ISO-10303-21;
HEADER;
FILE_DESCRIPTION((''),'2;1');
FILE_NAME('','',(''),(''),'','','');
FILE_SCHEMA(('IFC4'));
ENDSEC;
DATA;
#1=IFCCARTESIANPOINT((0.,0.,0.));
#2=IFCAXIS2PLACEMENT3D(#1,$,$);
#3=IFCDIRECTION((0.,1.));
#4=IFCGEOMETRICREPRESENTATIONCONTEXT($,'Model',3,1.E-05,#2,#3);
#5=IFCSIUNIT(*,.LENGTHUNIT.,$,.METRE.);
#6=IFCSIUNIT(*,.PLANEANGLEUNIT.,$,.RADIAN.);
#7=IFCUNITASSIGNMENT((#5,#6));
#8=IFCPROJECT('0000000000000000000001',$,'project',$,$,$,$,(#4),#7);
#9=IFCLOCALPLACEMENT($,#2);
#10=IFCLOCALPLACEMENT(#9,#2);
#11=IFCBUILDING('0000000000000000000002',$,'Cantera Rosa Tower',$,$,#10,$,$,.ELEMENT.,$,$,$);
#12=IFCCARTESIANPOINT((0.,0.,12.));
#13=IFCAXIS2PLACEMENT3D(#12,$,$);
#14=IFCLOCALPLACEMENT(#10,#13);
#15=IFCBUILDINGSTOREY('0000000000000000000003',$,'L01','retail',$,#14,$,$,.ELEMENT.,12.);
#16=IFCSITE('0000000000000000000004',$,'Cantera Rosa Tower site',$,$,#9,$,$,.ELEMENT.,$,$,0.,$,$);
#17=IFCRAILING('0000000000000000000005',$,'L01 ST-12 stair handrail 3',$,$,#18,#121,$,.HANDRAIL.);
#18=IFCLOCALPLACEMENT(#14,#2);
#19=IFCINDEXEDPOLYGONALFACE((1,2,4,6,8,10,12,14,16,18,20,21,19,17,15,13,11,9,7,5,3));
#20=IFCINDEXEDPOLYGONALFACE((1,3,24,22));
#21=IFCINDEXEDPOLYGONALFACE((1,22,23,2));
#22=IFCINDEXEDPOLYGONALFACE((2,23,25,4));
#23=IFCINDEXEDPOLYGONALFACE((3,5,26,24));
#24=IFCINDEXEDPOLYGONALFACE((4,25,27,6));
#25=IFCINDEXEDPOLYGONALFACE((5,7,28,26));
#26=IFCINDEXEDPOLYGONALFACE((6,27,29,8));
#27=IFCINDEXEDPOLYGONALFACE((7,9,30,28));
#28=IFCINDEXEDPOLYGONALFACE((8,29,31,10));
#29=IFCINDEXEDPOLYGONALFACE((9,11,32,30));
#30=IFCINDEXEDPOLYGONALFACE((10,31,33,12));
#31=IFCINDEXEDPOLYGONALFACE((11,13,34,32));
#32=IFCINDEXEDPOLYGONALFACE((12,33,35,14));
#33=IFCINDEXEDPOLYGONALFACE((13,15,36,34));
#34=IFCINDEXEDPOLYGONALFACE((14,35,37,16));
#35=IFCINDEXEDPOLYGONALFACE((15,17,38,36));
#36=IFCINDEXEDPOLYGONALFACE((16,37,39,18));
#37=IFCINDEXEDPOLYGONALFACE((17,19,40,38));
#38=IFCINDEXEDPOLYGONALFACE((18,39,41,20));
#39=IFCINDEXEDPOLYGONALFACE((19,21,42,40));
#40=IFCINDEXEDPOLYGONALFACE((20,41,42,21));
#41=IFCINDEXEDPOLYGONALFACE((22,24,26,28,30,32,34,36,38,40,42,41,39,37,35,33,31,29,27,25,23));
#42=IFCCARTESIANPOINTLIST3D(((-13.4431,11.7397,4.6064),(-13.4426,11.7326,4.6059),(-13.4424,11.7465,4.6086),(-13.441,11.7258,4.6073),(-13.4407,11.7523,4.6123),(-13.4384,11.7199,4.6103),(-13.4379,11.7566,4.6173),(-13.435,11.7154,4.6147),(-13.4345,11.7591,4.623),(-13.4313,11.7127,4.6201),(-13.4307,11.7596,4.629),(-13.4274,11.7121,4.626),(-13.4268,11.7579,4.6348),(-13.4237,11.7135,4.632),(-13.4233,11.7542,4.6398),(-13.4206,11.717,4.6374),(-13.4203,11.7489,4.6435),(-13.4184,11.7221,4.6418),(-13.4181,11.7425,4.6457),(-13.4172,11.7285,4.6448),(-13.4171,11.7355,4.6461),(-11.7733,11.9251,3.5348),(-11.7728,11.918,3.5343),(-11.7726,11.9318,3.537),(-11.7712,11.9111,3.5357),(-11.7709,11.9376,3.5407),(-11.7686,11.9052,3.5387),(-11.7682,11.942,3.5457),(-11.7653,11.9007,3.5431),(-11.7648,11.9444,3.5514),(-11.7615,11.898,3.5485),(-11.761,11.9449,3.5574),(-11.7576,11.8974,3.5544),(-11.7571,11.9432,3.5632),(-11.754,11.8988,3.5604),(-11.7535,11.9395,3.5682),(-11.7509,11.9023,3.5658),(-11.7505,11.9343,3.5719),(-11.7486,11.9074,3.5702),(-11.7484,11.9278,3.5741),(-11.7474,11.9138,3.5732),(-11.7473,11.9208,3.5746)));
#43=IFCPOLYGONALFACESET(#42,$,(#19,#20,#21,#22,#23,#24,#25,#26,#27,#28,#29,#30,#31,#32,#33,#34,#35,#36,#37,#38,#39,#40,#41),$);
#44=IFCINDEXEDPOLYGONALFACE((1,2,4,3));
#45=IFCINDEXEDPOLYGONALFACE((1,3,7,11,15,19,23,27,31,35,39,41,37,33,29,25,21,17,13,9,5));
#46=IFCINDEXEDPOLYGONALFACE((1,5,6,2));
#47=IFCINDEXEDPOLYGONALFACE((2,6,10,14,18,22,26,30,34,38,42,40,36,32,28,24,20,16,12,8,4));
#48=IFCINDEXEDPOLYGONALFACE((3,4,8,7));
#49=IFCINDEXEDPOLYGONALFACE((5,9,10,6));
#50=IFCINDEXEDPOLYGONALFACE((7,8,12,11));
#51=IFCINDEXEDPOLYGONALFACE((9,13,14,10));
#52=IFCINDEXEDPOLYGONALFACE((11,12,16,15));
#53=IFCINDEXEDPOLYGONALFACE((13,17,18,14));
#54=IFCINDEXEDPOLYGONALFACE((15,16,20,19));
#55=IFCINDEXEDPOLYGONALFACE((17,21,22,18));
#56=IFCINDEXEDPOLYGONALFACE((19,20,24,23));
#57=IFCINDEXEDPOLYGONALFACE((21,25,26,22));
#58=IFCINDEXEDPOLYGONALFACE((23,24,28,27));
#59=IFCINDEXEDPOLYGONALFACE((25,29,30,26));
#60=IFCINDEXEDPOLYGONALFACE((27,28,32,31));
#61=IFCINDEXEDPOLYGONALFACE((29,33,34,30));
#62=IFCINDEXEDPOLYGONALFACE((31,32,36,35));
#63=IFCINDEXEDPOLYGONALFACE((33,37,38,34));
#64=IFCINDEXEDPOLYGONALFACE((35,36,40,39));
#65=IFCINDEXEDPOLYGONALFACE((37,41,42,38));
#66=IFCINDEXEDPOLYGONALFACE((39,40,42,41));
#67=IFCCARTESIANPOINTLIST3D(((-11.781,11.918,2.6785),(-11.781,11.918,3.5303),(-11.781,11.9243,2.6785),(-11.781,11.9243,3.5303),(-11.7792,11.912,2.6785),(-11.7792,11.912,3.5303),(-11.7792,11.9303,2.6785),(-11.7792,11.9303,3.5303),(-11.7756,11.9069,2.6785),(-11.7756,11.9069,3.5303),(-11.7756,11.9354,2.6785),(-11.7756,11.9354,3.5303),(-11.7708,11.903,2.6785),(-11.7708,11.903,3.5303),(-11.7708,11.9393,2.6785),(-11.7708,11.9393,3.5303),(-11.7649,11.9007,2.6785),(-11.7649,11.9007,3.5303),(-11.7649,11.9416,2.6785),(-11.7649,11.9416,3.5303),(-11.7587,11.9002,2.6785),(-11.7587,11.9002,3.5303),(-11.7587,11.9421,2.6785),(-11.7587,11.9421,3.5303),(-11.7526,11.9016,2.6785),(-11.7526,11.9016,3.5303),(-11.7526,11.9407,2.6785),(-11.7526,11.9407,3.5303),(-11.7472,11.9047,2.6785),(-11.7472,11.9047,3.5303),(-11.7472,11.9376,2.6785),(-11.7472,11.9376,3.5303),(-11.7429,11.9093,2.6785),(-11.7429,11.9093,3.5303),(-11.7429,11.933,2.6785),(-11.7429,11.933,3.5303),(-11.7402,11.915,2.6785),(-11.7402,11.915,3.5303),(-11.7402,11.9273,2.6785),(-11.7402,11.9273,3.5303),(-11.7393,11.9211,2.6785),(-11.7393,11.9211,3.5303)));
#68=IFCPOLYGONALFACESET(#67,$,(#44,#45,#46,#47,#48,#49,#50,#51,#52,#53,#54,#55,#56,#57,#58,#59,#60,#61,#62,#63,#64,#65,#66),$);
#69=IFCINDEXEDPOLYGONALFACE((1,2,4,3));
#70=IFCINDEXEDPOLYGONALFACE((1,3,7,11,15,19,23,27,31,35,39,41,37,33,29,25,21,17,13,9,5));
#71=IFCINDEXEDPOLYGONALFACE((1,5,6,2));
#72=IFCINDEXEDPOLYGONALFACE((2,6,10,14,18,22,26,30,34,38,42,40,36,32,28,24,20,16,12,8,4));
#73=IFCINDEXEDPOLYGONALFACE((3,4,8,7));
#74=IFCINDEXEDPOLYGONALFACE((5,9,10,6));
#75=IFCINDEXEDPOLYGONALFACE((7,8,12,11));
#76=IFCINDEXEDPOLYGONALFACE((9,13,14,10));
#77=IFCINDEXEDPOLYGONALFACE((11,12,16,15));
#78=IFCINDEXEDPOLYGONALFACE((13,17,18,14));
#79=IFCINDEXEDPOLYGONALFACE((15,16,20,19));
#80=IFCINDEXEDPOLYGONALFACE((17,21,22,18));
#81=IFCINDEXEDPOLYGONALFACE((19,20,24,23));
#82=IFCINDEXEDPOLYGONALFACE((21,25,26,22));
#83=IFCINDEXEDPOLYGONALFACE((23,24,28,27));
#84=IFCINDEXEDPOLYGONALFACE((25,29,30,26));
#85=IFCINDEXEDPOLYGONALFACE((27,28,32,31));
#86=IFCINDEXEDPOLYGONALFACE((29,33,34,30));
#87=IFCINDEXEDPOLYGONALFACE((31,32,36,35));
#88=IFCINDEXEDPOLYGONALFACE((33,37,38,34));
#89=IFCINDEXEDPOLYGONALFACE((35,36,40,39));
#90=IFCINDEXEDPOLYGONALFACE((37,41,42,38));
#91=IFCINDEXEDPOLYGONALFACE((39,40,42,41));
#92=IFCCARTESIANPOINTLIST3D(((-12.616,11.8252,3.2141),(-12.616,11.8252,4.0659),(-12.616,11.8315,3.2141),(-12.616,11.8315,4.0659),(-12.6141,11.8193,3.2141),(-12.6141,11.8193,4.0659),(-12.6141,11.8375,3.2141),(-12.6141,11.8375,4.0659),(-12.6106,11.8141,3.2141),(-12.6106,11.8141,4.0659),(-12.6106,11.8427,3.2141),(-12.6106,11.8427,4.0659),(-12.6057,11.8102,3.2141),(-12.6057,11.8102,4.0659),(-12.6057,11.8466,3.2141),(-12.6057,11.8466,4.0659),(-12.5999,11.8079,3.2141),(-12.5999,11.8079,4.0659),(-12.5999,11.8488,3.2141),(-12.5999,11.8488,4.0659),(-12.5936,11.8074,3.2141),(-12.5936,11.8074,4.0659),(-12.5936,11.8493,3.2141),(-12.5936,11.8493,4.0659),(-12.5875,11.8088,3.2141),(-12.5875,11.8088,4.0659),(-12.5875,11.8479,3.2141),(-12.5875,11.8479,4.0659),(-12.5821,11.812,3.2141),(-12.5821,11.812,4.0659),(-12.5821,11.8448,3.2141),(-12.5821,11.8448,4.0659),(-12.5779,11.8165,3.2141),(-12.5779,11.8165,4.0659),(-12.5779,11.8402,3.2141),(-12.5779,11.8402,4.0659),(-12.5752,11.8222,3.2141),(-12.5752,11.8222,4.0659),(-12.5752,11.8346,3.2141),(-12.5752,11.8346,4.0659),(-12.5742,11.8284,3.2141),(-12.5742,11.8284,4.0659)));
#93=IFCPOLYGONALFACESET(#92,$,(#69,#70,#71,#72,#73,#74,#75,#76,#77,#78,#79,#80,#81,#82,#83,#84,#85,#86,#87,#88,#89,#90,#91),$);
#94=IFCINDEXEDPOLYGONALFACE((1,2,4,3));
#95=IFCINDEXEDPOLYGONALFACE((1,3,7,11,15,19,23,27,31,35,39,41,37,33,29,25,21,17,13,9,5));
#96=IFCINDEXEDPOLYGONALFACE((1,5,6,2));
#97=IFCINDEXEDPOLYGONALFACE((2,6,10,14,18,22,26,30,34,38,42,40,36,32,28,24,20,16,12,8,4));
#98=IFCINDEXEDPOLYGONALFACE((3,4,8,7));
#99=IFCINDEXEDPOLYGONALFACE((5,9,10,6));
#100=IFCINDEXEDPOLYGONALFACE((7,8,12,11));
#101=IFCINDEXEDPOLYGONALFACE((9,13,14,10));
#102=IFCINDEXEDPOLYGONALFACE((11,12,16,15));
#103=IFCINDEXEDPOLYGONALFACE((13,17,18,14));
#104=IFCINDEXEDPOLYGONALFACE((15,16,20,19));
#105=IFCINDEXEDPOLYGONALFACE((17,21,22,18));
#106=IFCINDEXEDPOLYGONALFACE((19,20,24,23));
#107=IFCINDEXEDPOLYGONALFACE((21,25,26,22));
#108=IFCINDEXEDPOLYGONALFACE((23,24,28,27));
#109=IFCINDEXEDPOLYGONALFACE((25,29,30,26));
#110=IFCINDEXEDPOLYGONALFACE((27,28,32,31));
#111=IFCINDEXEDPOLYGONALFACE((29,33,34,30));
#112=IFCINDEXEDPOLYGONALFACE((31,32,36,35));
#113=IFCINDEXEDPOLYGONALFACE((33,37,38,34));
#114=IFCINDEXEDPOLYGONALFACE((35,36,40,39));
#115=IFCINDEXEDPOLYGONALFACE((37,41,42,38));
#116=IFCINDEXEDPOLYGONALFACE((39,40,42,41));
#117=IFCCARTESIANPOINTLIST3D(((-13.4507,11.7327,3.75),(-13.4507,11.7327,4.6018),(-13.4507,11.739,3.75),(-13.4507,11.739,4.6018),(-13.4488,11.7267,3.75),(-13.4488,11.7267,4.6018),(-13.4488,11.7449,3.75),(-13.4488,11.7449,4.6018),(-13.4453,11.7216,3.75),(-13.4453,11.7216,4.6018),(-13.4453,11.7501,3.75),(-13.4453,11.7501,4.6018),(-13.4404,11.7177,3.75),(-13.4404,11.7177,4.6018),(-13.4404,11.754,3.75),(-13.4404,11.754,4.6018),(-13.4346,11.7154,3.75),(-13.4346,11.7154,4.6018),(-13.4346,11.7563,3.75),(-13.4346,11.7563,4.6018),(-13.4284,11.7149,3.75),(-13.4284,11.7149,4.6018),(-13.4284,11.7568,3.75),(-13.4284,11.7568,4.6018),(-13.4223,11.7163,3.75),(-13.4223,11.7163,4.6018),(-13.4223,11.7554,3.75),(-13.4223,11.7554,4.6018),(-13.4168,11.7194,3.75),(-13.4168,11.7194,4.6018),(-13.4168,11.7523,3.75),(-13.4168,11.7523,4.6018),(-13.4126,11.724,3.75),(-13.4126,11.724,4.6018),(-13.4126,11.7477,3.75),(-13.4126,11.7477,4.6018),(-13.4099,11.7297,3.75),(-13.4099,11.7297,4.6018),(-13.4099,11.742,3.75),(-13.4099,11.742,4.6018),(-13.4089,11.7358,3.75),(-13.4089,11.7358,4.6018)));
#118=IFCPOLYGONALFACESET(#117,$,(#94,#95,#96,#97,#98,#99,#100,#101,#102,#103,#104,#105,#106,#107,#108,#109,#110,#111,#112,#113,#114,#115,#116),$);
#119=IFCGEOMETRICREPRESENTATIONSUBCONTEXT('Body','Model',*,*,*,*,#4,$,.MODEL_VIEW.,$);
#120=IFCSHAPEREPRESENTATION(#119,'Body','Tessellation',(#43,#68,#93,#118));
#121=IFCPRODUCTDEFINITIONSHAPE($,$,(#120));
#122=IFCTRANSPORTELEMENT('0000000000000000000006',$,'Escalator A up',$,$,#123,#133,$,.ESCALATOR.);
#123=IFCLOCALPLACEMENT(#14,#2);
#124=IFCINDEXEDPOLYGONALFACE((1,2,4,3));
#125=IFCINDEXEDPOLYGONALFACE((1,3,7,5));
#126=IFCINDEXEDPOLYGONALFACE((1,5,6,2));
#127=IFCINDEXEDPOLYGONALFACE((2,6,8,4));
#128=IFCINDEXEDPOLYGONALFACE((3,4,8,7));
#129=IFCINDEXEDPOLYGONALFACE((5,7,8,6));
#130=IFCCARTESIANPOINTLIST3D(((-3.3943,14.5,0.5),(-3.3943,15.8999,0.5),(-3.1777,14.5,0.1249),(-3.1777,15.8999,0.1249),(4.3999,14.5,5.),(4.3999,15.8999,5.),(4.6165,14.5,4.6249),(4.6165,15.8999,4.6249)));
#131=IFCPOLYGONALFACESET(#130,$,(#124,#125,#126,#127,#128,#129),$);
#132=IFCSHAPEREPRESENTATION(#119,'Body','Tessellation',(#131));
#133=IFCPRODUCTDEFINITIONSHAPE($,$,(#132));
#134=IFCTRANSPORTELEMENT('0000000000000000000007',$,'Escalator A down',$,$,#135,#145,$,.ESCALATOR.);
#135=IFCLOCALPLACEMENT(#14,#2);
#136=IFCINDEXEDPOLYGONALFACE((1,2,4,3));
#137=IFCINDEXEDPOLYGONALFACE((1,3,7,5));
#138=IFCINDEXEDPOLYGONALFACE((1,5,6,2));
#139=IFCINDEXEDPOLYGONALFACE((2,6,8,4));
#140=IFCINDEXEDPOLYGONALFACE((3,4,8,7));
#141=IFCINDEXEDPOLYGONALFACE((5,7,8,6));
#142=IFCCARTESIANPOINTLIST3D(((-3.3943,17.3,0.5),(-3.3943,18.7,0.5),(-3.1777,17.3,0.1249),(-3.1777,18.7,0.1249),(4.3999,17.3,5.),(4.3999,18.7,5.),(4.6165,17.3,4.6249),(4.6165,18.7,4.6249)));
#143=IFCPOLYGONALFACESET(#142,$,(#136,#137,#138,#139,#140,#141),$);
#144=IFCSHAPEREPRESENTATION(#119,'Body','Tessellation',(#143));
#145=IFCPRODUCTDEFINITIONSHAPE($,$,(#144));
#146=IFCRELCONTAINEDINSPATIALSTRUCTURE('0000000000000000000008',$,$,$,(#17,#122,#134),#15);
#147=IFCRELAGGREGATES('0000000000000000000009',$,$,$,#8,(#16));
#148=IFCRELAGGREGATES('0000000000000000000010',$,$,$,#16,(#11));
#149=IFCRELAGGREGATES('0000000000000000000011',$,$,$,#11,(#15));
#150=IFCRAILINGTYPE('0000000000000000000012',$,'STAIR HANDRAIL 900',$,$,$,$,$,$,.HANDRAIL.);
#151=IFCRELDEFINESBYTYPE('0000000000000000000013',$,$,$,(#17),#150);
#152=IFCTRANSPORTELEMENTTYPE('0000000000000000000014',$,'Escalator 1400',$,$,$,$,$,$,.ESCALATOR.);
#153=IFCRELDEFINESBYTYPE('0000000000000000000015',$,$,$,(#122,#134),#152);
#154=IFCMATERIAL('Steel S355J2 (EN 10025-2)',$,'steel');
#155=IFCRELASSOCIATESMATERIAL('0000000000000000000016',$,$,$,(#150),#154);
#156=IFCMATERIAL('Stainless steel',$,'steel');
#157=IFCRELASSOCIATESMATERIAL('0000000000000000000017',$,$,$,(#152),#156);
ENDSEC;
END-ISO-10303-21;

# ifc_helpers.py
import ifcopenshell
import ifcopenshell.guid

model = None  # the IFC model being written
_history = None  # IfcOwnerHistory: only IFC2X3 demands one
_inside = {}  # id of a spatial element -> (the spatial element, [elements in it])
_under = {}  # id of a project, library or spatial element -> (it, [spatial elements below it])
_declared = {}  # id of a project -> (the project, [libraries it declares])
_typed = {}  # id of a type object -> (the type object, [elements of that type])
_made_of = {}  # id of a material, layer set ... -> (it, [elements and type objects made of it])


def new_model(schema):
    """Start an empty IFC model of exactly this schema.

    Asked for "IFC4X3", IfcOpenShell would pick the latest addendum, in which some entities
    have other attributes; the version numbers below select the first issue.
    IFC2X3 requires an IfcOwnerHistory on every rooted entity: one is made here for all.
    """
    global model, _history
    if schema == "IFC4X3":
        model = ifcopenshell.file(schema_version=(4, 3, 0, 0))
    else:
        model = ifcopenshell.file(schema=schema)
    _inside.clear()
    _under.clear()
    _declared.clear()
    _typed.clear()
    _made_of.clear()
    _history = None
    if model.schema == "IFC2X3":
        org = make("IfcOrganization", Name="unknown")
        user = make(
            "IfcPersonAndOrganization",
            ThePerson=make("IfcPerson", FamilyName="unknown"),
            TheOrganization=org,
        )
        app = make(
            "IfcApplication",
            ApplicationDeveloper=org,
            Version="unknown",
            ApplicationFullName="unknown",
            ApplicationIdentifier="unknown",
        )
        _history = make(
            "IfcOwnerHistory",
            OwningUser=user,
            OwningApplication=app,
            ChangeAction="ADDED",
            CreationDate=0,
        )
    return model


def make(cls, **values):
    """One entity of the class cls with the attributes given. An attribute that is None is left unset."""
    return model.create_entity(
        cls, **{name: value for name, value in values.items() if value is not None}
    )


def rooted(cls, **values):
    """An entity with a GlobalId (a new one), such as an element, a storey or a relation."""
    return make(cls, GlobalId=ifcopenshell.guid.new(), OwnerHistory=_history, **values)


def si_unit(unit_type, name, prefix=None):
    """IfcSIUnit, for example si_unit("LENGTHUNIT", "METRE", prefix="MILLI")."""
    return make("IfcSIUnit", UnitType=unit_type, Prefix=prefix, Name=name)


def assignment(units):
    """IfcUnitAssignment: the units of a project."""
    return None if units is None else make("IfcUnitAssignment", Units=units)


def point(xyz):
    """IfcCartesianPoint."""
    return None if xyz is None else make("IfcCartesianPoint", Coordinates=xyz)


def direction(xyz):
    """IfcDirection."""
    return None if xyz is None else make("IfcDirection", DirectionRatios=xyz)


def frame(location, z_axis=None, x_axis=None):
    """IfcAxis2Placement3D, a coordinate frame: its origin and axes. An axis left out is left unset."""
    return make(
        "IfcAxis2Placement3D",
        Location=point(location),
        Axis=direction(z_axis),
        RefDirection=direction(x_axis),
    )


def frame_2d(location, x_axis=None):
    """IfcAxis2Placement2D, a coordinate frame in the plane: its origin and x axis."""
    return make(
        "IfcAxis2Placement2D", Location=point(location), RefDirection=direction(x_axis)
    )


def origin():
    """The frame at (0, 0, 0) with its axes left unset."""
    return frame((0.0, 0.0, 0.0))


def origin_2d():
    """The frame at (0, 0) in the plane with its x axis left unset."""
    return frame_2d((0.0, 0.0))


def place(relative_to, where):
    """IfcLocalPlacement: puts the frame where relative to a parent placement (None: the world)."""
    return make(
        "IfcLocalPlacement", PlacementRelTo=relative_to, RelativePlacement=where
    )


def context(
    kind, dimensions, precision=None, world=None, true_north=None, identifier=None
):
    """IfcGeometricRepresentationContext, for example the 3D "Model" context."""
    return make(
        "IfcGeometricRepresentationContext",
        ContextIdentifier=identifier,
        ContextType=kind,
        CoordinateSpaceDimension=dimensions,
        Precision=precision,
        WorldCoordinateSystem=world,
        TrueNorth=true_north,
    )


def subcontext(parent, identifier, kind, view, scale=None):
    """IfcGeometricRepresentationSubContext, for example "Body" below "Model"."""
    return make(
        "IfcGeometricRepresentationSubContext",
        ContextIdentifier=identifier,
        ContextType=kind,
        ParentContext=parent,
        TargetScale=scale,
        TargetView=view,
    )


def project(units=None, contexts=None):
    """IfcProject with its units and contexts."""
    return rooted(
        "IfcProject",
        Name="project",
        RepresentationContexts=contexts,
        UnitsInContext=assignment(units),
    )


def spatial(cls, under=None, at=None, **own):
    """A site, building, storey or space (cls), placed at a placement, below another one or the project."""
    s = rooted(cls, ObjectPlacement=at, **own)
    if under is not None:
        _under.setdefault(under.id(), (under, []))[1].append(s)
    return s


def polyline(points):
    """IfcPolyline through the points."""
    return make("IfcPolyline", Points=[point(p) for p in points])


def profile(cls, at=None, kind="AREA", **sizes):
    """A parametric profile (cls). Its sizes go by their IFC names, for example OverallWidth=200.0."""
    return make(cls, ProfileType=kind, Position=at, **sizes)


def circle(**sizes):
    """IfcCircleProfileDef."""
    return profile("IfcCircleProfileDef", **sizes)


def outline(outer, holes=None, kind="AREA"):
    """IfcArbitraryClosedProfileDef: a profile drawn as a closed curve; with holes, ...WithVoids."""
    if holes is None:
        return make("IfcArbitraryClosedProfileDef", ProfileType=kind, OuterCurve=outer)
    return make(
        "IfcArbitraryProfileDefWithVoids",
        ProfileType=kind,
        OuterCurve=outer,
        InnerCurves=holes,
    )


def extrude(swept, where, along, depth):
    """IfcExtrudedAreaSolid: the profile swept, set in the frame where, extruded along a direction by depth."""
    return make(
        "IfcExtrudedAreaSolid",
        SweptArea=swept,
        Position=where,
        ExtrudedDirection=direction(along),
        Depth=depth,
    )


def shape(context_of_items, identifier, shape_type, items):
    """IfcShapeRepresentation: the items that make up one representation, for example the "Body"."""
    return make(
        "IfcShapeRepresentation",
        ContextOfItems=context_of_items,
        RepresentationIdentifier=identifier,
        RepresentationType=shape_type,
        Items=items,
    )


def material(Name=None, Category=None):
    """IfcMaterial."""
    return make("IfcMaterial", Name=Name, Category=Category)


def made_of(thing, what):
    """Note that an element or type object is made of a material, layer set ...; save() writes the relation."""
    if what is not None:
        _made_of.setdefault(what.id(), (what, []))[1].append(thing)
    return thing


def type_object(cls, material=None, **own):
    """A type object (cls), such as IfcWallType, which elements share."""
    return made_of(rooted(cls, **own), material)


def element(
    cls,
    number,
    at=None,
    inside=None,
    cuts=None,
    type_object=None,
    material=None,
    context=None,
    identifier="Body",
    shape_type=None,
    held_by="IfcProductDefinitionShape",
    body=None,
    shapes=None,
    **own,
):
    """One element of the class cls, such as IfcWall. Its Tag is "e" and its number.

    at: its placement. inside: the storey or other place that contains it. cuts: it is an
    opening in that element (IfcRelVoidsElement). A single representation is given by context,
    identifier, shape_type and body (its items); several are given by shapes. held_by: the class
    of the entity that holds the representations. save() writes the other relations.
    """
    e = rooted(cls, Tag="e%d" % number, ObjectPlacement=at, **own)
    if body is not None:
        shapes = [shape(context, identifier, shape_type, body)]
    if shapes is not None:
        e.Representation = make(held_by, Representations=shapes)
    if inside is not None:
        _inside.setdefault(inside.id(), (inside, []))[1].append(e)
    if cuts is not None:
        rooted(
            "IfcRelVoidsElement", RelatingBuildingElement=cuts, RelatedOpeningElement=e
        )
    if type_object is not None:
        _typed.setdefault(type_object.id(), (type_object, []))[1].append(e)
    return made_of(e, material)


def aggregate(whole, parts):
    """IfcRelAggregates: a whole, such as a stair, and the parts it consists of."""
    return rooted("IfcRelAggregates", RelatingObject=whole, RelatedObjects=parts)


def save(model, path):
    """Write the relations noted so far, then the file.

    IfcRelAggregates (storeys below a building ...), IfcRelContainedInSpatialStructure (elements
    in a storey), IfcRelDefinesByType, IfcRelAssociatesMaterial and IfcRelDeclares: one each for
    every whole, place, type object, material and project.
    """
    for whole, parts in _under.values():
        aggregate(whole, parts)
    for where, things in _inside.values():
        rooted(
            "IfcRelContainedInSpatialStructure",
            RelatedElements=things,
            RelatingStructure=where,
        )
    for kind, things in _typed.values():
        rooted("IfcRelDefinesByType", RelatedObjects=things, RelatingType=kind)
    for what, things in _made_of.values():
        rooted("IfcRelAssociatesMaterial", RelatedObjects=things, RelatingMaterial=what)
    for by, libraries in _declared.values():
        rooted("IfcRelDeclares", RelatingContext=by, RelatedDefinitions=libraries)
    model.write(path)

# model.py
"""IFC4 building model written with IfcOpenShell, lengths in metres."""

from ifc_helpers import new_model, si_unit, direction, frame, origin, origin_2d, place, context, subcontext, project, spatial, polyline, circle, outline, extrude, material, type_object, element, save


model = new_model("IFC4")

# Units and contexts
model_context = context("Model", 3, precision=1e-05, world=origin(), true_north=direction((0.0, 1.0)))
body_context = subcontext(model_context, "Body", "Model", "MODEL_VIEW")
ifc_project = project(units=[si_unit("LENGTHUNIT", "METRE"), si_unit("PLANEANGLEUNIT", "RADIAN")], contexts=[model_context])

# Site, building, storey
site_placement = place(None, origin())
site = spatial("IfcSite", under=ifc_project, at=site_placement, Name="Cantera Rosa Tower site", CompositionType="ELEMENT", RefElevation=0.0)
building_placement = place(site_placement, origin())
building = spatial("IfcBuilding", under=site, at=building_placement, Name="Cantera Rosa Tower", CompositionType="ELEMENT")
storey_placement = place(building_placement, frame((0.0, 0.0, 12.0)))
storey = spatial("IfcBuildingStorey", under=building, at=storey_placement, Name="L01", Description="retail", CompositionType="ELEMENT", Elevation=12.0)

# Railing
ifc_material_1 = material(Name="Steel S355J2 (EN 10025-2)", Category="steel")
railing_type_1 = type_object("IfcRailingType", Name="STAIR HANDRAIL 900", PredefinedType="HANDRAIL", material=ifc_material_1)
for number, where, name in (
    (1, (-11.7603, 11.9211, 2.6785), "L01 ST-12 stair handrail 3"),
):
    element("IfcRailing", number, at=place(storey_placement, frame(where)), inside=storey, type_object=railing_type_1, Name=name, PredefinedType="HANDRAIL", context=body_context, shape_type="SweptSolid", body=[
        extrude(circle(Radius=0.0239, at=origin_2d()), frame((0.0, 0.0, 0.876), z_axis=(-0.837951, -0.092997, 0.537764), x_axis=(0.110304, -0.993898, 0.0)), (0.0, 0.0, 1.0), 1.9927),
        extrude(circle(Radius=0.021, at=origin_2d()), origin(), (0.0, 0.0, 1.0), 0.8518),
        extrude(circle(Radius=0.021, at=origin_2d()), frame((-0.835, -0.0928, 0.5356)), (0.0, 0.0, 1.0), 0.8518),
        extrude(circle(Radius=0.021, at=origin_2d()), frame((-1.6697, -0.1853, 1.0715)), (0.0, 0.0, 1.0), 0.8518),
    ])

# Transport elements
ifc_material_2 = material(Name="Stainless steel", Category="steel")
transport_element_type = type_object("IfcTransportElementType", Name="Escalator 1400", PredefinedType="ESCALATOR", material=ifc_material_2)
for number, where, z_axis, x_axis, name in (
    (2, (-3.3943, 14.5, 0.5), (-0.500002, 0.0, 0.866024), (0.866024, 0.0, 0.500002), "Escalator A up"),
    (3, (-3.3943, 17.3, 0.5), (-0.500002, 0.0, 0.866024), (0.866024, 0.0, 0.500002), "Escalator A down"),
):
    element("IfcTransportElement", number, at=place(storey_placement, frame(where, z_axis=z_axis, x_axis=x_axis)), inside=storey, type_object=transport_element_type, Name=name, PredefinedType="ESCALATOR", context=body_context, shape_type="SweptSolid", body=[
        extrude(outline(polyline([(0.0, 0.0), (9.0, 0.0), (9.0, 1.3999), (0.0, 1.3999), (0.0, 0.0)])), origin(), (0.0, 0.0, -1.0), 0.4331),
    ])

save(model, "model.ifc")
